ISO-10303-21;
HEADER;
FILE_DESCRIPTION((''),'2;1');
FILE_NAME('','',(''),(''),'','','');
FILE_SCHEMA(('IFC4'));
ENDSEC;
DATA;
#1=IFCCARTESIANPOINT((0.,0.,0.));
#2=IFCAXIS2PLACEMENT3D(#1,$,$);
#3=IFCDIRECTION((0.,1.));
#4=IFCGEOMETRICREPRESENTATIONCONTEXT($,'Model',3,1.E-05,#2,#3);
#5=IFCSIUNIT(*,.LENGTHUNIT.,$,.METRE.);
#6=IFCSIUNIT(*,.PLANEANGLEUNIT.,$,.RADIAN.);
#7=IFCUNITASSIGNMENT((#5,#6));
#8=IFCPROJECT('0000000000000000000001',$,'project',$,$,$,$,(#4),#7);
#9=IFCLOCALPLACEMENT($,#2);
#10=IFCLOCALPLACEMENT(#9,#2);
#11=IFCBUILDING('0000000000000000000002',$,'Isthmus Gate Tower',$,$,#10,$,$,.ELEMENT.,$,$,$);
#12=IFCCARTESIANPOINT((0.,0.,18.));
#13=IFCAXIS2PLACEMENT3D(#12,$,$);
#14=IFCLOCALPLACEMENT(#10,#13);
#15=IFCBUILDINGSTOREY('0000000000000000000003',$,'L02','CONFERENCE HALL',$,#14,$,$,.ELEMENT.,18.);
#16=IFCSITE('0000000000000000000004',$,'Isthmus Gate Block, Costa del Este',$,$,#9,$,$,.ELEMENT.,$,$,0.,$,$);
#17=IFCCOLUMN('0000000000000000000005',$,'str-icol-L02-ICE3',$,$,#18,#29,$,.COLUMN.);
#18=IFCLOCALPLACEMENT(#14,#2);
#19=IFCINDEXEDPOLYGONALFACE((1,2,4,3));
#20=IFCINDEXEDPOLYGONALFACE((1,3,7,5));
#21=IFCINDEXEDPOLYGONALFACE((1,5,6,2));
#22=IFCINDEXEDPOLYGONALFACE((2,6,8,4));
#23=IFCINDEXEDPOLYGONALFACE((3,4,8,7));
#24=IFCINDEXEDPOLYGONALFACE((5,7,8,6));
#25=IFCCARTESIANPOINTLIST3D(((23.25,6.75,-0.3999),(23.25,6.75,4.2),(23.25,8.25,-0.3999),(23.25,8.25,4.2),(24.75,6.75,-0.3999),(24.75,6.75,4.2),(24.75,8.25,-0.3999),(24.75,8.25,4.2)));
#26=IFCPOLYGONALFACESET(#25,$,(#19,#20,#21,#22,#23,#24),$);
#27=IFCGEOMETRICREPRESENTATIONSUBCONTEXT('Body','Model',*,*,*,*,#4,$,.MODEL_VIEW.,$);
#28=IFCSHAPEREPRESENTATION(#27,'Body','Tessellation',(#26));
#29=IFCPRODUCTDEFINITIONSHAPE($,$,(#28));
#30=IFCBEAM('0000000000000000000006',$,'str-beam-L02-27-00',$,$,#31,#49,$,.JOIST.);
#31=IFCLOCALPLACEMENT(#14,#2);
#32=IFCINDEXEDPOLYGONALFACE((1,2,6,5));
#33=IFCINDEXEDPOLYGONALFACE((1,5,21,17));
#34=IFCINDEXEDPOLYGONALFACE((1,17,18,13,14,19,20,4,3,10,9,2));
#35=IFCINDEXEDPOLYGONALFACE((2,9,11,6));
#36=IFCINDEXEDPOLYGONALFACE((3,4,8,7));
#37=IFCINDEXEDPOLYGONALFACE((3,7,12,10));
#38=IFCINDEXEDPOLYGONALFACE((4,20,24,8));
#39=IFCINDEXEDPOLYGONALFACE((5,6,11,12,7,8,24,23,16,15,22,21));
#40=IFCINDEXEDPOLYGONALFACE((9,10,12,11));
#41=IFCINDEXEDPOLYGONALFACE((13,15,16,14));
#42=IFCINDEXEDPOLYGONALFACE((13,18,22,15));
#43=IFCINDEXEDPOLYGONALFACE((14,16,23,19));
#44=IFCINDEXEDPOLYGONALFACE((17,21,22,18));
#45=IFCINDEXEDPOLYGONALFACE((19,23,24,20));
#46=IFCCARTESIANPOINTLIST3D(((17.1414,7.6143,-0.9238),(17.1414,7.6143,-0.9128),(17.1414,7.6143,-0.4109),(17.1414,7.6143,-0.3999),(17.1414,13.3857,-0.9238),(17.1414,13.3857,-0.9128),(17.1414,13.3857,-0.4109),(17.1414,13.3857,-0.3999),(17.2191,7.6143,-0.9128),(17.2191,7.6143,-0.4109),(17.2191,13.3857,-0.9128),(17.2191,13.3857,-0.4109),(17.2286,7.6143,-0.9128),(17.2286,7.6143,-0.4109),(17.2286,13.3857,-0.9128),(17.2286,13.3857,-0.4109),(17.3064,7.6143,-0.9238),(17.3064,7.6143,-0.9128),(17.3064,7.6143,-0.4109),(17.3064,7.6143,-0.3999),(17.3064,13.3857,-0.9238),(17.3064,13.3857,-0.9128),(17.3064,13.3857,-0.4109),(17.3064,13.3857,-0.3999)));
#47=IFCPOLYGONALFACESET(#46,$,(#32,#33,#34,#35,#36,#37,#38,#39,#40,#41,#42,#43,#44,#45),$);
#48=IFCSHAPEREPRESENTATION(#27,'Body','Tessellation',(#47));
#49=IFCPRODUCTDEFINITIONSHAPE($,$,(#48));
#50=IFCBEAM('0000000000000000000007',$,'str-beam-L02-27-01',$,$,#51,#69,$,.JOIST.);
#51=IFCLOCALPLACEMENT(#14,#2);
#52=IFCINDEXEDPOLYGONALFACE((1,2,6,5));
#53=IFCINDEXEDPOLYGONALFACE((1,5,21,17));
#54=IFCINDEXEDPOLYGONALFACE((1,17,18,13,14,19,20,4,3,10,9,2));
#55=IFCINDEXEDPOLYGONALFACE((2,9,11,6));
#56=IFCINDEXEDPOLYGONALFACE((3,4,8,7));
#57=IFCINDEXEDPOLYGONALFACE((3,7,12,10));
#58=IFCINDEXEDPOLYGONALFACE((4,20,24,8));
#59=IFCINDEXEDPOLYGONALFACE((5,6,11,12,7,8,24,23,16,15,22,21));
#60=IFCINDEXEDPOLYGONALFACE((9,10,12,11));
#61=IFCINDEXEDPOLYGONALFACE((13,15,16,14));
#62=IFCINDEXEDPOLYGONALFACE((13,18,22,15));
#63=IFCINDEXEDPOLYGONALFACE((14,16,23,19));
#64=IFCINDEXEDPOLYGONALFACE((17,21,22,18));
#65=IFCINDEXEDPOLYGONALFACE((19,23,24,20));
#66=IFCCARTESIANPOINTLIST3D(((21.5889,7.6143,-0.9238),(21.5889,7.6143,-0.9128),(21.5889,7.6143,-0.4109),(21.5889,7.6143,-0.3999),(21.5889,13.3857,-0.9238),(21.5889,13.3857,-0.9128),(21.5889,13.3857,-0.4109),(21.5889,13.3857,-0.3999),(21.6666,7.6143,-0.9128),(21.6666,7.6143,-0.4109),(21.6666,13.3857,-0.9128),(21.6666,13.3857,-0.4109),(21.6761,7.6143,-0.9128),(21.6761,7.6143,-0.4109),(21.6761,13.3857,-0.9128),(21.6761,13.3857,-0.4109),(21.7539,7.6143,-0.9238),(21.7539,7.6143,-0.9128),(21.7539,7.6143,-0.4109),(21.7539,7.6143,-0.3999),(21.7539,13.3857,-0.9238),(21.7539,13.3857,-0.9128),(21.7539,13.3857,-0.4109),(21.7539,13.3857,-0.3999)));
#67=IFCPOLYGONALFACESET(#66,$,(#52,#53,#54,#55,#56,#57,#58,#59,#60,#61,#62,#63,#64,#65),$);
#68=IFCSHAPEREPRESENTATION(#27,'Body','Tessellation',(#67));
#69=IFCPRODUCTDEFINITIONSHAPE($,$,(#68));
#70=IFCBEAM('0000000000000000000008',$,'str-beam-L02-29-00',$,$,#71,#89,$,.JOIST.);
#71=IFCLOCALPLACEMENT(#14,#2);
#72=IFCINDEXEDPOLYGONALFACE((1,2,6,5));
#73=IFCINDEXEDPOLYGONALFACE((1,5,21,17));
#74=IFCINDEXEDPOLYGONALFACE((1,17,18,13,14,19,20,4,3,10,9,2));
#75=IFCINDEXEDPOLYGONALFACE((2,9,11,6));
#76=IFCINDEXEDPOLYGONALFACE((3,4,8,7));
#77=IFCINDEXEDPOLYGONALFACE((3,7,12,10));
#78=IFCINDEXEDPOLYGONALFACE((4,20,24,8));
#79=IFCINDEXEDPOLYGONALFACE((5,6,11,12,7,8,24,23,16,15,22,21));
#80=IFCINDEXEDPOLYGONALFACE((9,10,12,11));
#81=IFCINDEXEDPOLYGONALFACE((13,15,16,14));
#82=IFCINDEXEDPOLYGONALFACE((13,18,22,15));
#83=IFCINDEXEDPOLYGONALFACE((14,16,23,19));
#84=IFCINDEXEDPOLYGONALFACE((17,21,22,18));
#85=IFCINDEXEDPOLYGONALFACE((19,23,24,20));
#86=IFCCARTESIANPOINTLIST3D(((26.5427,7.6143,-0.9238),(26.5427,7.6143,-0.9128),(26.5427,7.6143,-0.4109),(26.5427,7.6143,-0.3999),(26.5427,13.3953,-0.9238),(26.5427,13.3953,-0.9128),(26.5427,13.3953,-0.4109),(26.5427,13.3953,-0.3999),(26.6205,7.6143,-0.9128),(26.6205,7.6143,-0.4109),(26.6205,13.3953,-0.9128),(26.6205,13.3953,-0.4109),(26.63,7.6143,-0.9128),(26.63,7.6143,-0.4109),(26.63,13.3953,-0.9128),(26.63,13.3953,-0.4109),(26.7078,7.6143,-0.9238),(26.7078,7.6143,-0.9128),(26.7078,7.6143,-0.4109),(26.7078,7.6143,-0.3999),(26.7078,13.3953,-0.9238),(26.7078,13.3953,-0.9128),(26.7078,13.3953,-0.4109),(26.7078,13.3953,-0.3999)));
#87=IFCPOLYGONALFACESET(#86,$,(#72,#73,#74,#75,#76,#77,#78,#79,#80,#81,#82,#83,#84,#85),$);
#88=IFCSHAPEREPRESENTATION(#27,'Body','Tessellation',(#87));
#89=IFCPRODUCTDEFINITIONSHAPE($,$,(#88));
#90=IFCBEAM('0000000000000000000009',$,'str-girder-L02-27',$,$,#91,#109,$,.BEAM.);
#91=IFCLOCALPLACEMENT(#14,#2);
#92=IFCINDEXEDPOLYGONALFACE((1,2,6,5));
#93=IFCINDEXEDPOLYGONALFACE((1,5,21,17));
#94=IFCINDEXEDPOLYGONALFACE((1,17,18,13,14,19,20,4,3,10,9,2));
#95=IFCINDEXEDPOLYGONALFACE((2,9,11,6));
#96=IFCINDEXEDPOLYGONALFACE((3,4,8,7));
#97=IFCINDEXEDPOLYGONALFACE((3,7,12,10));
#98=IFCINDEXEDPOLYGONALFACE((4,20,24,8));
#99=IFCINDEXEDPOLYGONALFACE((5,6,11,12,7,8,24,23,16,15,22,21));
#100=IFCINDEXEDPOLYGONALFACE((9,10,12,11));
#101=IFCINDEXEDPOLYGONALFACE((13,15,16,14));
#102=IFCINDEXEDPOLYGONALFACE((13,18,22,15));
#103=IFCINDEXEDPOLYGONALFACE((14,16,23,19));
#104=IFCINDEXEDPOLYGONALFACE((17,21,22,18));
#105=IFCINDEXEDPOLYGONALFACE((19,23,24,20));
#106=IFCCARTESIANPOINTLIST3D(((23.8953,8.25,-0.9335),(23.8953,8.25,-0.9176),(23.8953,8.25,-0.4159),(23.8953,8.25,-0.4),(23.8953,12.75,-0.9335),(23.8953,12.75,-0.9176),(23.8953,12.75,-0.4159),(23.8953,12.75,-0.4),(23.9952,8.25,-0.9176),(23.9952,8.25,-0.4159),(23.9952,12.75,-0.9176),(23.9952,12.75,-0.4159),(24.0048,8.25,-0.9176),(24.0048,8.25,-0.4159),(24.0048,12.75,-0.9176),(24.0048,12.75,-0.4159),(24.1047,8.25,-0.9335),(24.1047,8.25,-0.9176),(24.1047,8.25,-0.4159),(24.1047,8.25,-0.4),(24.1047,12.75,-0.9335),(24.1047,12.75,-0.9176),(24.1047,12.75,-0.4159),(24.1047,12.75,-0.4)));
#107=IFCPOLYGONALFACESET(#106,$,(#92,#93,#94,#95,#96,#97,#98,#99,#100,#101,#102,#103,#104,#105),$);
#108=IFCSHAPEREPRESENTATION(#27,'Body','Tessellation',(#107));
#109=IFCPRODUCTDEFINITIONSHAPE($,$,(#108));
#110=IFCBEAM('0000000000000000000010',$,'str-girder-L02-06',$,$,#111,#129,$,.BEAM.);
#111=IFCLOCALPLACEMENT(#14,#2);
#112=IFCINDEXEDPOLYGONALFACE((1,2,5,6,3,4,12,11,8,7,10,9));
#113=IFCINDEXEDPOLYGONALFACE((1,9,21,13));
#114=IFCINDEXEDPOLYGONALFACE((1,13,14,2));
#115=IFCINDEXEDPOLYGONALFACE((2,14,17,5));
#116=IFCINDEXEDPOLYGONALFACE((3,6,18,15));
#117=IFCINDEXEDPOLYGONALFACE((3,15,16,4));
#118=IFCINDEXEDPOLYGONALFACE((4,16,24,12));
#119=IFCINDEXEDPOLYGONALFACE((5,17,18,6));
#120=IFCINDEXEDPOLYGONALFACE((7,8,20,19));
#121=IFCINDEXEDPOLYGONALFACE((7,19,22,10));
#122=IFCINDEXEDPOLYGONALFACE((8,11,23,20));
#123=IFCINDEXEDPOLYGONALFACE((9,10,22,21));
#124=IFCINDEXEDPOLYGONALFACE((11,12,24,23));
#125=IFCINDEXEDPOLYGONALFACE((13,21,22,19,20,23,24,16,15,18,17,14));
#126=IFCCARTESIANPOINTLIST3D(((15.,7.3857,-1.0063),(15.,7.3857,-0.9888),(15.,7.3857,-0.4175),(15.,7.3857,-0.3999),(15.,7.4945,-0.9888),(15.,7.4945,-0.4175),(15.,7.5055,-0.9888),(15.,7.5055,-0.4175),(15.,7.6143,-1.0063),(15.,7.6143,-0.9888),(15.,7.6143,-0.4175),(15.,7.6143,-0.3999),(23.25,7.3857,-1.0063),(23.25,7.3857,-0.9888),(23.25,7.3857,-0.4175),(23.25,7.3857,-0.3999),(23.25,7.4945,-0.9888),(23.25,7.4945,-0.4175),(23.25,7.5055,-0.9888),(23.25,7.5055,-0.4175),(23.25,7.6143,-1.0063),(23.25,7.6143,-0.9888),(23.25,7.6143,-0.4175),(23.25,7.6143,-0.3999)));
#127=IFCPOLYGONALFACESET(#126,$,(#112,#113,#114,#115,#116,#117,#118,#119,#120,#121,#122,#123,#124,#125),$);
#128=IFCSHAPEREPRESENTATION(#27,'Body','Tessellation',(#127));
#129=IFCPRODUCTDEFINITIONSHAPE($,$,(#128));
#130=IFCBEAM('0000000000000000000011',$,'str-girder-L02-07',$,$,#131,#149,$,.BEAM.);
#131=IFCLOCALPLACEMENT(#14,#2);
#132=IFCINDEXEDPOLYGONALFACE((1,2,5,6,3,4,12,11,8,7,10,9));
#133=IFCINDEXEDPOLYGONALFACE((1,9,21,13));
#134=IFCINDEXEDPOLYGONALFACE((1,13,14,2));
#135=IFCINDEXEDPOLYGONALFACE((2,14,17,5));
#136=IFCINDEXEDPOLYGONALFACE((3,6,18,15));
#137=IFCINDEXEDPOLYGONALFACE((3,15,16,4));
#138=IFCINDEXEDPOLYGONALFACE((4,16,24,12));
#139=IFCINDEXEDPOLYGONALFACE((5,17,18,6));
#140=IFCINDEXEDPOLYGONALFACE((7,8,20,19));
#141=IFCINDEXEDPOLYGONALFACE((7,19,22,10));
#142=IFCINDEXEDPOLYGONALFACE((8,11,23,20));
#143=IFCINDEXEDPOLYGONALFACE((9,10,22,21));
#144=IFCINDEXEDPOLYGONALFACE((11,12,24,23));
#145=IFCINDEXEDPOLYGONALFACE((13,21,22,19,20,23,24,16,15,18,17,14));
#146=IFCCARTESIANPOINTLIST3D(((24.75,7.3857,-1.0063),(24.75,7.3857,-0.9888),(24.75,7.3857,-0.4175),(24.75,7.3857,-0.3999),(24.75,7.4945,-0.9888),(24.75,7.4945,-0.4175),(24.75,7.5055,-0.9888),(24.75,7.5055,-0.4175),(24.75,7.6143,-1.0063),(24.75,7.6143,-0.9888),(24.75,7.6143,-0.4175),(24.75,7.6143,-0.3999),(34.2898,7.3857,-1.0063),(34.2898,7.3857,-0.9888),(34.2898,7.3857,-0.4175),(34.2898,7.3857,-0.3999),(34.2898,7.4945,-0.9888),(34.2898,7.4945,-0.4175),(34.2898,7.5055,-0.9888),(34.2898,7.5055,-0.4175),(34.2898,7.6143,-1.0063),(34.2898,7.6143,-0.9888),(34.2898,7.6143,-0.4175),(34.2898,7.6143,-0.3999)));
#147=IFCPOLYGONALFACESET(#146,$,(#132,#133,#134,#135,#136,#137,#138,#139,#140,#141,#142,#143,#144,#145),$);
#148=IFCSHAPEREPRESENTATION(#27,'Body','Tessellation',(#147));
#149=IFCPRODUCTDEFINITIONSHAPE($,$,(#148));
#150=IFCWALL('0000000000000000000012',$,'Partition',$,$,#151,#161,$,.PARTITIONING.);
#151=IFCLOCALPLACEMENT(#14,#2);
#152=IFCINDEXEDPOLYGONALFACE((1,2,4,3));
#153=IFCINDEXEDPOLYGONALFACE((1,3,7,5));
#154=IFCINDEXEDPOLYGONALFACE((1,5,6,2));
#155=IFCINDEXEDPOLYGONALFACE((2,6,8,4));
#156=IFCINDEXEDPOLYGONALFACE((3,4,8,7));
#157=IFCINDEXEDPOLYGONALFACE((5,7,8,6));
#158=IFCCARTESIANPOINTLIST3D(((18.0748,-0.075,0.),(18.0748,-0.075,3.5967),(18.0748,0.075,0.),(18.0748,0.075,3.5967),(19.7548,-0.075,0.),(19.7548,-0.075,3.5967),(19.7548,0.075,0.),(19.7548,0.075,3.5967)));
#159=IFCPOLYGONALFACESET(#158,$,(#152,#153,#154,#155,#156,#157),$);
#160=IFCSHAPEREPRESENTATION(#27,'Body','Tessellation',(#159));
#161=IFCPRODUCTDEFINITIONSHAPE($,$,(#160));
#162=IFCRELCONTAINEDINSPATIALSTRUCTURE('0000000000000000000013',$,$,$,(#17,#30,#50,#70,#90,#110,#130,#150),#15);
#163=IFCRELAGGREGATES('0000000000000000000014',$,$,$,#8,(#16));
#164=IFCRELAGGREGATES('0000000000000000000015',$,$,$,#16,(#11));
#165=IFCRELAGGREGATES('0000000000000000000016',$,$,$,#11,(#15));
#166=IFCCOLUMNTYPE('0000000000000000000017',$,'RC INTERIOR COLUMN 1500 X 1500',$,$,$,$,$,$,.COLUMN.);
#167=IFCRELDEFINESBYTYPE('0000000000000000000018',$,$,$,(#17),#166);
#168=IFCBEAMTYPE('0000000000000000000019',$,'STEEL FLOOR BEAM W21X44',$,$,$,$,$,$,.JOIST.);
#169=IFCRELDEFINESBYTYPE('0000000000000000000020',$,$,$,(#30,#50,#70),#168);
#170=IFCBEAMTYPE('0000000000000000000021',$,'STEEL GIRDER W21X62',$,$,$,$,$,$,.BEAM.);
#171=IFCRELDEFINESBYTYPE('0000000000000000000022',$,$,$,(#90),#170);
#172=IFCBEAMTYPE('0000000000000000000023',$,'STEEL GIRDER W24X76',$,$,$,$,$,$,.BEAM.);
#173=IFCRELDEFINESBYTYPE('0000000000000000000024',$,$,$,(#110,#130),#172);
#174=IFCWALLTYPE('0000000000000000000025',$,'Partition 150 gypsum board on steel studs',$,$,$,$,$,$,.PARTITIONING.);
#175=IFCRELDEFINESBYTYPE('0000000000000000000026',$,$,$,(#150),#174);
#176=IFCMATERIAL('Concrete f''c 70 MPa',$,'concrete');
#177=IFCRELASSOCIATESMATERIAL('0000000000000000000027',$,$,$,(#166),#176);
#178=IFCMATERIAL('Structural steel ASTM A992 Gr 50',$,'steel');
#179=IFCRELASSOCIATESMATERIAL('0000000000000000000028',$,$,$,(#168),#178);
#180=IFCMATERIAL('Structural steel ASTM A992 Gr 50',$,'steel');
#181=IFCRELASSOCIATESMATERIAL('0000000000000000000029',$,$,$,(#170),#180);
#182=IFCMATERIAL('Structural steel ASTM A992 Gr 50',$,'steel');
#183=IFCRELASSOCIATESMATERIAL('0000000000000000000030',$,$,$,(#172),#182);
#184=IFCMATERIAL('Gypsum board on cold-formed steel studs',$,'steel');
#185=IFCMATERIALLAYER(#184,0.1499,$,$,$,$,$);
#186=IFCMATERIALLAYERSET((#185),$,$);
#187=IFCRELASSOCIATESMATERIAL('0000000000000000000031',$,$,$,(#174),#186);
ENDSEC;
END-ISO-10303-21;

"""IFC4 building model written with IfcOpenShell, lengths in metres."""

from ifc_helpers import new_model, si_unit, direction, frame, frame_2d, origin, origin_2d, place, context, subcontext, project, spatial, rectangle, i_section, extrude, material, layer, layer_set, material_profile, profile_set, type_object, element, save


model = new_model("IFC4")

# Units and contexts
model_context = context("Model", 3, precision=1e-05, world=origin(), true_north=direction((0.0, 1.0)))
body_context = subcontext(model_context, "Body", "Model", "MODEL_VIEW")
ifc_project = project(units=[si_unit("LENGTHUNIT", "METRE"), si_unit("PLANEANGLEUNIT", "RADIAN")], contexts=[model_context])

# Site, building, storey
site_placement = place(None, origin())
site = spatial("IfcSite", under=ifc_project, at=site_placement, Name="Isthmus Gate Block, Costa del Este", CompositionType="ELEMENT", RefElevation=0.0)
building_placement = place(site_placement, origin())
building = spatial("IfcBuilding", under=site, at=building_placement, Name="Isthmus Gate Tower", CompositionType="ELEMENT")
storey_placement = place(building_placement, frame((0.0, 0.0, 18.0)))
storey = spatial("IfcBuildingStorey", under=building, at=storey_placement, Name="L02", Description="CONFERENCE HALL", CompositionType="ELEMENT", Elevation=18.0)

# Column
ifc_material_1 = material(Name="Concrete f'c 70 MPa", Category="concrete")
ifc_material_profile_1 = material_profile(ifc_material_1, rectangle(XDim=1.5, YDim=1.5, at=origin_2d()), Name="RC 1500X1500")
ifc_profile_set_1 = profile_set([ifc_material_profile_1], Name="Concrete f'c 70 MPa")
column_type = type_object("IfcColumnType", Name="RC INTERIOR COLUMN 1500 X 1500", PredefinedType="COLUMN", material=ifc_profile_set_1)
column_placement = place(storey_placement, frame((24.0, 7.5, -0.3999), z_axis=(0.0, 0.0, 1.0), x_axis=(1.0, 0.0, 0.0)))
element("IfcColumn", 1, at=column_placement, inside=storey, type_object=column_type, Name="str-icol-L02-ICE3", PredefinedType="COLUMN", context=body_context, shape_type="SweptSolid", body=[
    extrude(rectangle(XDim=1.5, YDim=1.5, at=origin_2d()), origin(), (0.0, 0.0, 1.0), 4.5999),
])

# Beams
ifc_material_2 = material(Name="Structural steel ASTM A992 Gr 50", Category="steel")
ifc_material_profile_2 = material_profile(ifc_material_2, i_section(OverallWidth=0.165, OverallDepth=0.5239, WebThickness=0.0095, FlangeThickness=0.011, at=origin_2d()), Name="W21X44")
ifc_profile_set_2 = profile_set([ifc_material_profile_2], Name="Structural steel ASTM A992 Gr 50")
beam_type_1 = type_object("IfcBeamType", Name="STEEL FLOOR BEAM W21X44", PredefinedType="JOIST", material=ifc_profile_set_2)
for number, where, z_axis, x_axis, name in (
    (2, (17.2239, 7.6143, -0.6619), (0.0, 1.0, 0.0), (-1.0, 0.0, 0.0), "str-beam-L02-27-00"),
    (3, (21.6714, 7.6143, -0.6619), (0.0, 1.0, 0.0), (-1.0, 0.0, 0.0), "str-beam-L02-27-01"),
):
    element("IfcBeam", number, at=place(storey_placement, frame(where, z_axis=z_axis, x_axis=x_axis)), inside=storey, type_object=beam_type_1, Name=name, PredefinedType="JOIST", context=body_context, shape_type="SweptSolid", body=[
        extrude(i_section(OverallWidth=0.165, OverallDepth=0.5239, WebThickness=0.0095, FlangeThickness=0.011, at=origin_2d()), origin(), (0.0, 0.0, 1.0), 5.7715),
    ])
beam_1_placement = place(storey_placement, frame((26.6252, 7.6143, -0.6619), z_axis=(0.0, 1.0, 0.0), x_axis=(-1.0, 0.0, 0.0)))
element("IfcBeam", 4, at=beam_1_placement, inside=storey, type_object=beam_type_1, Name="str-beam-L02-29-00", PredefinedType="JOIST", context=body_context, shape_type="SweptSolid", body=[
    extrude(i_section(OverallWidth=0.165, OverallDepth=0.5239, WebThickness=0.0095, FlangeThickness=0.011, at=origin_2d()), origin(), (0.0, 0.0, 1.0), 5.781),
])
ifc_material_3 = material(Name="Structural steel ASTM A992 Gr 50", Category="steel")
ifc_material_profile_3 = material_profile(ifc_material_3, i_section(OverallWidth=0.2095, OverallDepth=0.5334, WebThickness=0.0095, FlangeThickness=0.0159, at=origin_2d()), Name="W21X62")
ifc_profile_set_3 = profile_set([ifc_material_profile_3], Name="Structural steel ASTM A992 Gr 50")
beam_type_2 = type_object("IfcBeamType", Name="STEEL GIRDER W21X62", PredefinedType="BEAM", material=ifc_profile_set_3)
beam_2_placement = place(storey_placement, frame((24.0, 8.25, -0.6667), z_axis=(0.0, 1.0, 0.0), x_axis=(-1.0, 0.0, 0.0)))
element("IfcBeam", 5, at=beam_2_placement, inside=storey, type_object=beam_type_2, Name="str-girder-L02-27", PredefinedType="BEAM", context=body_context, shape_type="SweptSolid", body=[
    extrude(i_section(OverallWidth=0.2095, OverallDepth=0.5334, WebThickness=0.0095, FlangeThickness=0.0159, at=origin_2d()), origin(), (0.0, 0.0, 1.0), 4.5),
])
ifc_material_4 = material(Name="Structural steel ASTM A992 Gr 50", Category="steel")
ifc_material_profile_4 = material_profile(ifc_material_4, i_section(OverallWidth=0.2285, OverallDepth=0.6064, WebThickness=0.011, FlangeThickness=0.0176, at=origin_2d()), Name="W24X76")
ifc_profile_set_4 = profile_set([ifc_material_profile_4], Name="Structural steel ASTM A992 Gr 50")
beam_type_3 = type_object("IfcBeamType", Name="STEEL GIRDER W24X76", PredefinedType="BEAM", material=ifc_profile_set_4)
beam_3_placement = place(storey_placement, frame((15.0, 7.5, -0.7031), z_axis=(1.0, 0.0, 0.0), x_axis=(0.0, 1.0, 0.0)))
element("IfcBeam", 6, at=beam_3_placement, inside=storey, type_object=beam_type_3, Name="str-girder-L02-06", PredefinedType="BEAM", context=body_context, shape_type="SweptSolid", body=[
    extrude(i_section(OverallWidth=0.2285, OverallDepth=0.6064, WebThickness=0.011, FlangeThickness=0.0176, at=origin_2d()), origin(), (0.0, 0.0, 1.0), 8.25),
])
beam_4_placement = place(storey_placement, frame((24.75, 7.5, -0.7031), z_axis=(1.0, 0.0, 0.0), x_axis=(0.0, 1.0, 0.0)))
element("IfcBeam", 7, at=beam_4_placement, inside=storey, type_object=beam_type_3, Name="str-girder-L02-07", PredefinedType="BEAM", context=body_context, shape_type="SweptSolid", body=[
    extrude(i_section(OverallWidth=0.2285, OverallDepth=0.6064, WebThickness=0.011, FlangeThickness=0.0176, at=origin_2d()), origin(), (0.0, 0.0, 1.0), 9.5398),
])

# Wall
ifc_material_5 = material(Name="Gypsum board on cold-formed steel studs", Category="steel")
ifc_layer_1 = layer(ifc_material_5, 0.1499)
ifc_layer_set_1 = layer_set([ifc_layer_1])
wall_type_1 = type_object("IfcWallType", Name="Partition 150 gypsum board on steel studs", PredefinedType="PARTITIONING", material=ifc_layer_set_1)
wall_1_placement = place(storey_placement, frame((18.075, 0.0, 0.0), z_axis=(0.0, 0.0, 1.0), x_axis=(1.0, 0.0, 0.0)))
element("IfcWall", 8, at=wall_1_placement, inside=storey, type_object=wall_type_1, Name="Partition", PredefinedType="PARTITIONING", context=body_context, shape_type="SweptSolid", body=[
    extrude(rectangle(XDim=1.6799, YDim=0.1499, at=frame_2d((0.8398, 0.0))), origin(), (0.0, 0.0, 1.0), 3.5967),
])

save(model, "model.ifc")
